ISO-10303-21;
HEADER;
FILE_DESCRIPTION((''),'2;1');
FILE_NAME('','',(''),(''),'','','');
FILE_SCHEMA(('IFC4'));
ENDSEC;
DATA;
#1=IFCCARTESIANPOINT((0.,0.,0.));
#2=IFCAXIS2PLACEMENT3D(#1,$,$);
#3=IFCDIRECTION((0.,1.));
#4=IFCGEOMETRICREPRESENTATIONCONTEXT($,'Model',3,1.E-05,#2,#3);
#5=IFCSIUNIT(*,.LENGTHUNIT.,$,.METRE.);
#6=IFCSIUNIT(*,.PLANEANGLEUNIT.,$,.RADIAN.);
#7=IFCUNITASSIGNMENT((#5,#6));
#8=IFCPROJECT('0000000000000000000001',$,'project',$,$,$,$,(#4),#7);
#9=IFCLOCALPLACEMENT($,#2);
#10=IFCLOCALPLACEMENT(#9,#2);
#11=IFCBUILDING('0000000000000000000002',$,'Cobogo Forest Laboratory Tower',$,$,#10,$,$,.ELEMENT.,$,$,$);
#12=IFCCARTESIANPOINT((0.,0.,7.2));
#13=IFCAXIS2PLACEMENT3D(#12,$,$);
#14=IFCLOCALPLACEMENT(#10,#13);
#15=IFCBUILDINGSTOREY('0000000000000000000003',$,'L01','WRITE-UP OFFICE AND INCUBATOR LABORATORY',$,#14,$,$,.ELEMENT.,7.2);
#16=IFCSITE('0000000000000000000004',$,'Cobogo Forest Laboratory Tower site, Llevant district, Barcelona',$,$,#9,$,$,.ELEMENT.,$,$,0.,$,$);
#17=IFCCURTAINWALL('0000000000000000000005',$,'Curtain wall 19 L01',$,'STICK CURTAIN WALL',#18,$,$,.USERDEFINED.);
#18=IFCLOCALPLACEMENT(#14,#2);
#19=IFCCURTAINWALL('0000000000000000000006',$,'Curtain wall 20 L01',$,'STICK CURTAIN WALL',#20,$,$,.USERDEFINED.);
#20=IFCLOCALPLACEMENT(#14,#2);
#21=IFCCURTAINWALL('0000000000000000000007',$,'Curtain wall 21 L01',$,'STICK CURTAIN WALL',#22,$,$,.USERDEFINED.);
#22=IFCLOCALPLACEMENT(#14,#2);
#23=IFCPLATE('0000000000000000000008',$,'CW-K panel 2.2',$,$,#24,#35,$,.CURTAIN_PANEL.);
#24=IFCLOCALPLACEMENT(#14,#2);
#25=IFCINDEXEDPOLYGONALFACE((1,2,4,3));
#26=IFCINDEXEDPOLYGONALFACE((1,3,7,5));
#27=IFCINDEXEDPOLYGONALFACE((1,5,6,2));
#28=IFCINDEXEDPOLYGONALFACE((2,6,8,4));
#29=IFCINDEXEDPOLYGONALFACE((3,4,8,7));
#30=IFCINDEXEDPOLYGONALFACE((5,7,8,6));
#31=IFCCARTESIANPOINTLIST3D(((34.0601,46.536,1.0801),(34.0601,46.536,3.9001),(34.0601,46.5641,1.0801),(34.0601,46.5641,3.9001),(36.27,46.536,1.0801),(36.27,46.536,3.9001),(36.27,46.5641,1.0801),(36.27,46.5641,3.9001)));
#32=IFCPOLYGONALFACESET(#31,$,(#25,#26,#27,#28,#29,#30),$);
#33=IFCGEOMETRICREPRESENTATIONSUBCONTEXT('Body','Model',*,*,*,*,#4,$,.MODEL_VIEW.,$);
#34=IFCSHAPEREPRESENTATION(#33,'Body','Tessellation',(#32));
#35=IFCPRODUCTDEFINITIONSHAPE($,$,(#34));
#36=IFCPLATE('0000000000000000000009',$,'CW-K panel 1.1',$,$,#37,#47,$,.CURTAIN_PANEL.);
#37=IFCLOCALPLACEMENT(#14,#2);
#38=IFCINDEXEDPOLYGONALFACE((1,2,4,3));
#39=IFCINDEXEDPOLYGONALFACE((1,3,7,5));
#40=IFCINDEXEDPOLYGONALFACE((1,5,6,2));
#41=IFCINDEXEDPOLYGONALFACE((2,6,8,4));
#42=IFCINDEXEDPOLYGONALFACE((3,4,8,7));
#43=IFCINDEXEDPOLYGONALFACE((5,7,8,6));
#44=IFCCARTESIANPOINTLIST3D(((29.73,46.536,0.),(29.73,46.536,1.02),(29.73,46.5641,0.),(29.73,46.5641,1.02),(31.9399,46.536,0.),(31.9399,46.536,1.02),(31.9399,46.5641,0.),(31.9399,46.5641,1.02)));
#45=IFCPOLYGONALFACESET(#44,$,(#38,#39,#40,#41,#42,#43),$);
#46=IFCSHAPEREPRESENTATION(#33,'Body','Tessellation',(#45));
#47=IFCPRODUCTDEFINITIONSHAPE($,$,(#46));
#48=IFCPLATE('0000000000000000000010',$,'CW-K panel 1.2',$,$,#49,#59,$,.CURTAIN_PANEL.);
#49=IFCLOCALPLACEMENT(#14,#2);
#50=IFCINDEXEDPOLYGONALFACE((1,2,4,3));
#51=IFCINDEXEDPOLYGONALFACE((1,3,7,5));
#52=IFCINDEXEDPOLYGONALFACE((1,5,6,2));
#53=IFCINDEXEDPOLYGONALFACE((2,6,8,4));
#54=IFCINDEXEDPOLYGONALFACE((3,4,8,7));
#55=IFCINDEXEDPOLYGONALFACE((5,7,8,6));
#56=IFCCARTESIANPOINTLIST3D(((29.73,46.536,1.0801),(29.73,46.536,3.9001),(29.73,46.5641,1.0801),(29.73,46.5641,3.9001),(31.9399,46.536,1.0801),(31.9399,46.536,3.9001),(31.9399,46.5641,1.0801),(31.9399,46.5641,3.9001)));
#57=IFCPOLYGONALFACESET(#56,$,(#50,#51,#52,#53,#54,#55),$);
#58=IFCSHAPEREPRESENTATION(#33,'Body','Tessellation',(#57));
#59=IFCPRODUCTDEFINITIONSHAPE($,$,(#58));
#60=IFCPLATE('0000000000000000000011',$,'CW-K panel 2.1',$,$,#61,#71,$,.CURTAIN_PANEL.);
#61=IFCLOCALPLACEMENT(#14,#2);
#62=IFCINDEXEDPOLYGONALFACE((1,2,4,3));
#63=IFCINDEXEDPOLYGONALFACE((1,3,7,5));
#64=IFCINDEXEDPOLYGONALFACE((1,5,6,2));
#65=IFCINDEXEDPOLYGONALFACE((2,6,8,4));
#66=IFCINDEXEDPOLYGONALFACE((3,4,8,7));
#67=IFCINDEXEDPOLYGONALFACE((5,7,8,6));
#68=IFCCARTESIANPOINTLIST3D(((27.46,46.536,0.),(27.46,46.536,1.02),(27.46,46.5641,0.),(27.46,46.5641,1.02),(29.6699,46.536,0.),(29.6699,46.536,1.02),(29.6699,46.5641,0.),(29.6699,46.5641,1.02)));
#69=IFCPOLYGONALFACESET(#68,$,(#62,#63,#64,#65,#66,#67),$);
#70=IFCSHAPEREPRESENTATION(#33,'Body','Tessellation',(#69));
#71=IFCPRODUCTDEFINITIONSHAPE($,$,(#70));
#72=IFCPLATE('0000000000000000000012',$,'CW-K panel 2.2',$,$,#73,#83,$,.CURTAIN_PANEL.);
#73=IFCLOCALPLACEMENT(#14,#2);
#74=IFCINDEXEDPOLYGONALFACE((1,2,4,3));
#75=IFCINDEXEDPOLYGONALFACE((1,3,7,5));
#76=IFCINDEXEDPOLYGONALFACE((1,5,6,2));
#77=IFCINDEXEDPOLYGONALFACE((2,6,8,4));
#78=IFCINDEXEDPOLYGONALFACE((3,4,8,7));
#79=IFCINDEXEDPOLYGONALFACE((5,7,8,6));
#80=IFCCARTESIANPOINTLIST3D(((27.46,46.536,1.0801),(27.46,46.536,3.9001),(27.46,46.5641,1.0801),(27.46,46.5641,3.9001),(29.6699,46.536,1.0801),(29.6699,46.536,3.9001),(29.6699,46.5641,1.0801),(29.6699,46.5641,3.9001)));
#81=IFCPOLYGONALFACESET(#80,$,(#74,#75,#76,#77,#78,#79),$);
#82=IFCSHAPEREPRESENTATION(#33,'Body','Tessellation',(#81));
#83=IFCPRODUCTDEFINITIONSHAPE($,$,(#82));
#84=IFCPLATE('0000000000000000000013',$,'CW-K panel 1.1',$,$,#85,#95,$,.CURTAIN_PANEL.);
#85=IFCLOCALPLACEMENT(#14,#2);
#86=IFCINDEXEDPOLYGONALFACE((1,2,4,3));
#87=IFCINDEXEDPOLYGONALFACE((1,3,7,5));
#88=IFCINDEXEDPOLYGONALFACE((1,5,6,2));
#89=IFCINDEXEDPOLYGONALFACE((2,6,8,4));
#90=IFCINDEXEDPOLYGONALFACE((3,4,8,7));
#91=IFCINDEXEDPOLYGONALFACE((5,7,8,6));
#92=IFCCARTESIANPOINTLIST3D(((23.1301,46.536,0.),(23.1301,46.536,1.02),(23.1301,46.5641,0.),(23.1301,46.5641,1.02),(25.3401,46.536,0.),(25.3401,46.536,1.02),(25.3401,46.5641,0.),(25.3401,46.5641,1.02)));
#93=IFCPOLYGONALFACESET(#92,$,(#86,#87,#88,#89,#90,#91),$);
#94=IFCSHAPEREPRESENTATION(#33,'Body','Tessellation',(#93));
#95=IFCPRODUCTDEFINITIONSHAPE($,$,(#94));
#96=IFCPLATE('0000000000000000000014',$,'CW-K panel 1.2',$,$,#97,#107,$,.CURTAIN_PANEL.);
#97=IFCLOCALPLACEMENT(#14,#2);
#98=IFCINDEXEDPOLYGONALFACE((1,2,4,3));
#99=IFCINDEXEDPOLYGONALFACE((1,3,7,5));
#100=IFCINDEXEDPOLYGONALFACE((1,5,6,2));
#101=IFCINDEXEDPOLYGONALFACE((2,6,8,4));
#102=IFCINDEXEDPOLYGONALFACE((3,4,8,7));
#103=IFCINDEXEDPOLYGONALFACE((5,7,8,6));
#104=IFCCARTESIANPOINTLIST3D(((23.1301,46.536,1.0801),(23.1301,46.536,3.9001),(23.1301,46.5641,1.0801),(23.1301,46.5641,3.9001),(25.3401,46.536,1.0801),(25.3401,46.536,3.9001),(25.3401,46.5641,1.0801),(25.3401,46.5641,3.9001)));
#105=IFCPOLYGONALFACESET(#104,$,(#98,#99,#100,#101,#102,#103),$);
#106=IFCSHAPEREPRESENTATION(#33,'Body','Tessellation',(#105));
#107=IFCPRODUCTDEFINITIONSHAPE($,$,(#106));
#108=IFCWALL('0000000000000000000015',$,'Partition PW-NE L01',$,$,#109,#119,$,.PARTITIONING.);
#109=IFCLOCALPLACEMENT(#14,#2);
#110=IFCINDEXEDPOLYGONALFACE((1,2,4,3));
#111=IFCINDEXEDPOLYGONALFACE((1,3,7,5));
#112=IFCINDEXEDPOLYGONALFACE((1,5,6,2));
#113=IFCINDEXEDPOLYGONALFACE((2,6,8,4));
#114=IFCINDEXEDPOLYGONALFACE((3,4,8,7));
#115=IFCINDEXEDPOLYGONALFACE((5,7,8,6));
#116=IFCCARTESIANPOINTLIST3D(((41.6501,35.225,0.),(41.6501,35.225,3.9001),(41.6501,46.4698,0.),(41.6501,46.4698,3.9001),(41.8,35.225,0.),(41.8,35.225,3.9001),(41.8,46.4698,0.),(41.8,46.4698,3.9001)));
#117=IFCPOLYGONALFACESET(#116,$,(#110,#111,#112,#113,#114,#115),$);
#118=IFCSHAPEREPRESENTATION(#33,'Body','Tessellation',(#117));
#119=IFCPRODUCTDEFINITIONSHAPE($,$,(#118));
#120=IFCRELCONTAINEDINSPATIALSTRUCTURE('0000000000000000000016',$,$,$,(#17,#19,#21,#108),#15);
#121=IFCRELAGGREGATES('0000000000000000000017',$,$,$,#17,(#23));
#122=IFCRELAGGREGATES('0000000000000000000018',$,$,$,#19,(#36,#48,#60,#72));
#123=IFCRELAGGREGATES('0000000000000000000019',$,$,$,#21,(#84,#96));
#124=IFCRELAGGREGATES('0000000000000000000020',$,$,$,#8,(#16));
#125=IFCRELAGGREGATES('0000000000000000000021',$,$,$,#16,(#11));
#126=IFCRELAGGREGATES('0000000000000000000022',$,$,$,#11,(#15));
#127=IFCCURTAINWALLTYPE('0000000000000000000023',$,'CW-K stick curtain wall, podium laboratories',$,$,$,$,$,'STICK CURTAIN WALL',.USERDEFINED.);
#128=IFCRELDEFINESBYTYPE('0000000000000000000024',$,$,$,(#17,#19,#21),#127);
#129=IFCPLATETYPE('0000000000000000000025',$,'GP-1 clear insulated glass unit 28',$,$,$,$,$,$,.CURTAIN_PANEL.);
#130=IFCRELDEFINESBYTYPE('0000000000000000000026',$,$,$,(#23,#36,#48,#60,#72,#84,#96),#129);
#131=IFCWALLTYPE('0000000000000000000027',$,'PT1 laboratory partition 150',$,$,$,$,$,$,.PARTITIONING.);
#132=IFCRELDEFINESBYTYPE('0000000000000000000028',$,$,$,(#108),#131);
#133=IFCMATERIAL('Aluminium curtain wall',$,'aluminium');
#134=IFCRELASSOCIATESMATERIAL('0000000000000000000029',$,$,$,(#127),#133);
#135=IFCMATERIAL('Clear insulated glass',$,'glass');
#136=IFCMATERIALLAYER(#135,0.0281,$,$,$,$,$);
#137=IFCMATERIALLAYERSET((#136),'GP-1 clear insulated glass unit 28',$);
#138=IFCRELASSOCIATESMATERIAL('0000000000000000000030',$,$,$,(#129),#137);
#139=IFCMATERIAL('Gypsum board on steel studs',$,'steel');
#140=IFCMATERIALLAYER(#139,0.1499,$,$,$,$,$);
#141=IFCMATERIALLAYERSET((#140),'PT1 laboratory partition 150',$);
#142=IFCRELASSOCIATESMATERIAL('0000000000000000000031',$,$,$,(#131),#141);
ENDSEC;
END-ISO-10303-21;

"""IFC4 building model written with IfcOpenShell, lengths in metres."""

from ifc_helpers import new_model, si_unit, direction, frame, frame_2d, origin, origin_2d, place, context, subcontext, project, spatial, rectangle, extrude, material, layer, layer_set, type_object, element, aggregate, save


model = new_model("IFC4")

# Units and contexts
model_context = context("Model", 3, precision=1e-05, world=origin(), true_north=direction((0.0, 1.0)))
body_context = subcontext(model_context, "Body", "Model", "MODEL_VIEW")
ifc_project = project(units=[si_unit("LENGTHUNIT", "METRE"), si_unit("PLANEANGLEUNIT", "RADIAN")], contexts=[model_context])

# Site, building, storey
site_placement = place(None, origin())
site = spatial("IfcSite", under=ifc_project, at=site_placement, Name="Cobogo Forest Laboratory Tower site, Llevant district, Barcelona", CompositionType="ELEMENT", RefElevation=0.0)
building_placement = place(site_placement, origin())
building = spatial("IfcBuilding", under=site, at=building_placement, Name="Cobogo Forest Laboratory Tower", CompositionType="ELEMENT")
storey_placement = place(building_placement, frame((0.0, 0.0, 7.2)))
storey = spatial("IfcBuildingStorey", under=building, at=storey_placement, Name="L01", Description="WRITE-UP OFFICE AND INCUBATOR LABORATORY", CompositionType="ELEMENT", Elevation=7.2)

# Curtain walls
ifc_material_1 = material(Name="Aluminium curtain wall", Category="aluminium")
curtain_wall_type = type_object("IfcCurtainWallType", Name="CW-K stick curtain wall, podium laboratories", ElementType="STICK CURTAIN WALL", PredefinedType="USERDEFINED", material=ifc_material_1)
curtain_wall_1_placement = place(storey_placement, origin())
curtain_wall_1 = element("IfcCurtainWall", 1, at=curtain_wall_1_placement, inside=storey, type_object=curtain_wall_type, Name="Curtain wall 19 L01", ObjectType="STICK CURTAIN WALL", PredefinedType="USERDEFINED")
curtain_wall_2_placement = place(storey_placement, origin())
curtain_wall_2 = element("IfcCurtainWall", 2, at=curtain_wall_2_placement, inside=storey, type_object=curtain_wall_type, Name="Curtain wall 20 L01", ObjectType="STICK CURTAIN WALL", PredefinedType="USERDEFINED")

# Curtain wall
curtain_wall_3_placement = place(storey_placement, origin())
curtain_wall_3 = element("IfcCurtainWall", 3, at=curtain_wall_3_placement, inside=storey, type_object=curtain_wall_type, Name="Curtain wall 21 L01", ObjectType="STICK CURTAIN WALL", PredefinedType="USERDEFINED")

# Plates
ifc_material_2 = material(Name="Clear insulated glass", Category="glass")
ifc_layer_1 = layer(ifc_material_2, 0.0281)
ifc_layer_set_1 = layer_set([ifc_layer_1], Name="GP-1 clear insulated glass unit 28")
plate_type_1 = type_object("IfcPlateType", Name="GP-1 clear insulated glass unit 28", PredefinedType="CURTAIN_PANEL", material=ifc_layer_set_1)
plate_1_placement = place(storey_placement, frame((35.165, 46.55, 1.0801), z_axis=(0.0, 0.0, 1.0), x_axis=(-1.0, 0.0, 0.0)))
plate_1 = element("IfcPlate", 4, at=plate_1_placement, type_object=plate_type_1, Name="CW-K panel 2.2", PredefinedType="CURTAIN_PANEL", context=body_context, shape_type="SweptSolid", body=[
    extrude(rectangle(XDim=2.21, YDim=0.0281, at=origin_2d()), origin(), (0.0, 0.0, 1.0), 2.8201),
])
aggregate(curtain_wall_1, [plate_1])
plate_2_placement = place(storey_placement, frame((30.835, 46.55, 0.0), z_axis=(0.0, 0.0, 1.0), x_axis=(-1.0, 0.0, 0.0)))
plate_2 = element("IfcPlate", 5, at=plate_2_placement, type_object=plate_type_1, Name="CW-K panel 1.1", PredefinedType="CURTAIN_PANEL", context=body_context, shape_type="SweptSolid", body=[
    extrude(rectangle(XDim=2.21, YDim=0.0281, at=origin_2d()), origin(), (0.0, 0.0, 1.0), 1.02),
])
plate_3_placement = place(storey_placement, frame((30.835, 46.55, 1.0801), z_axis=(0.0, 0.0, 1.0), x_axis=(-1.0, 0.0, 0.0)))
plate_3 = element("IfcPlate", 6, at=plate_3_placement, type_object=plate_type_1, Name="CW-K panel 1.2", PredefinedType="CURTAIN_PANEL", context=body_context, shape_type="SweptSolid", body=[
    extrude(rectangle(XDim=2.21, YDim=0.0281, at=origin_2d()), origin(), (0.0, 0.0, 1.0), 2.8201),
])
plate_4_placement = place(storey_placement, frame((28.5649, 46.55, 0.0), z_axis=(0.0, 0.0, 1.0), x_axis=(-1.0, 0.0, 0.0)))
plate_4 = element("IfcPlate", 7, at=plate_4_placement, type_object=plate_type_1, Name="CW-K panel 2.1", PredefinedType="CURTAIN_PANEL", context=body_context, shape_type="SweptSolid", body=[
    extrude(rectangle(XDim=2.21, YDim=0.0281, at=origin_2d()), origin(), (0.0, 0.0, 1.0), 1.02),
])
plate_5_placement = place(storey_placement, frame((28.5649, 46.55, 1.0801), z_axis=(0.0, 0.0, 1.0), x_axis=(-1.0, 0.0, 0.0)))
plate_5 = element("IfcPlate", 8, at=plate_5_placement, type_object=plate_type_1, Name="CW-K panel 2.2", PredefinedType="CURTAIN_PANEL", context=body_context, shape_type="SweptSolid", body=[
    extrude(rectangle(XDim=2.21, YDim=0.0281, at=origin_2d()), origin(), (0.0, 0.0, 1.0), 2.8201),
])
aggregate(curtain_wall_2, [plate_2, plate_3, plate_4, plate_5])
plate_6_placement = place(storey_placement, frame((24.2351, 46.55, 0.0), z_axis=(0.0, 0.0, 1.0), x_axis=(-1.0, 0.0, 0.0)))
plate_6 = element("IfcPlate", 9, at=plate_6_placement, type_object=plate_type_1, Name="CW-K panel 1.1", PredefinedType="CURTAIN_PANEL", context=body_context, shape_type="SweptSolid", body=[
    extrude(rectangle(XDim=2.21, YDim=0.0281, at=origin_2d()), origin(), (0.0, 0.0, 1.0), 1.02),
])
plate_7_placement = place(storey_placement, frame((24.2351, 46.55, 1.0801), z_axis=(0.0, 0.0, 1.0), x_axis=(-1.0, 0.0, 0.0)))
plate_7 = element("IfcPlate", 10, at=plate_7_placement, type_object=plate_type_1, Name="CW-K panel 1.2", PredefinedType="CURTAIN_PANEL", context=body_context, shape_type="SweptSolid", body=[
    extrude(rectangle(XDim=2.21, YDim=0.0281, at=origin_2d()), origin(), (0.0, 0.0, 1.0), 2.8201),
])
aggregate(curtain_wall_3, [plate_6, plate_7])

# Wall
ifc_material_3 = material(Name="Gypsum board on steel studs", Category="steel")
ifc_layer_2 = layer(ifc_material_3, 0.1499)
ifc_layer_set_2 = layer_set([ifc_layer_2], Name="PT1 laboratory partition 150")
wall_type = type_object("IfcWallType", Name="PT1 laboratory partition 150", PredefinedType="PARTITIONING", material=ifc_layer_set_2)
wall_placement = place(storey_placement, frame((41.7251, 46.47, 0.0), z_axis=(0.0, 0.0, 1.0), x_axis=(0.0, -1.0, 0.0)))
element("IfcWall", 11, at=wall_placement, inside=storey, type_object=wall_type, Name="Partition PW-NE L01", PredefinedType="PARTITIONING", context=body_context, shape_type="SweptSolid", body=[
    extrude(rectangle(XDim=11.2449, YDim=0.1499, at=frame_2d((5.6226, 0.0))), origin(), (0.0, 0.0, 1.0), 3.9001),
])

save(model, "model.ifc")
